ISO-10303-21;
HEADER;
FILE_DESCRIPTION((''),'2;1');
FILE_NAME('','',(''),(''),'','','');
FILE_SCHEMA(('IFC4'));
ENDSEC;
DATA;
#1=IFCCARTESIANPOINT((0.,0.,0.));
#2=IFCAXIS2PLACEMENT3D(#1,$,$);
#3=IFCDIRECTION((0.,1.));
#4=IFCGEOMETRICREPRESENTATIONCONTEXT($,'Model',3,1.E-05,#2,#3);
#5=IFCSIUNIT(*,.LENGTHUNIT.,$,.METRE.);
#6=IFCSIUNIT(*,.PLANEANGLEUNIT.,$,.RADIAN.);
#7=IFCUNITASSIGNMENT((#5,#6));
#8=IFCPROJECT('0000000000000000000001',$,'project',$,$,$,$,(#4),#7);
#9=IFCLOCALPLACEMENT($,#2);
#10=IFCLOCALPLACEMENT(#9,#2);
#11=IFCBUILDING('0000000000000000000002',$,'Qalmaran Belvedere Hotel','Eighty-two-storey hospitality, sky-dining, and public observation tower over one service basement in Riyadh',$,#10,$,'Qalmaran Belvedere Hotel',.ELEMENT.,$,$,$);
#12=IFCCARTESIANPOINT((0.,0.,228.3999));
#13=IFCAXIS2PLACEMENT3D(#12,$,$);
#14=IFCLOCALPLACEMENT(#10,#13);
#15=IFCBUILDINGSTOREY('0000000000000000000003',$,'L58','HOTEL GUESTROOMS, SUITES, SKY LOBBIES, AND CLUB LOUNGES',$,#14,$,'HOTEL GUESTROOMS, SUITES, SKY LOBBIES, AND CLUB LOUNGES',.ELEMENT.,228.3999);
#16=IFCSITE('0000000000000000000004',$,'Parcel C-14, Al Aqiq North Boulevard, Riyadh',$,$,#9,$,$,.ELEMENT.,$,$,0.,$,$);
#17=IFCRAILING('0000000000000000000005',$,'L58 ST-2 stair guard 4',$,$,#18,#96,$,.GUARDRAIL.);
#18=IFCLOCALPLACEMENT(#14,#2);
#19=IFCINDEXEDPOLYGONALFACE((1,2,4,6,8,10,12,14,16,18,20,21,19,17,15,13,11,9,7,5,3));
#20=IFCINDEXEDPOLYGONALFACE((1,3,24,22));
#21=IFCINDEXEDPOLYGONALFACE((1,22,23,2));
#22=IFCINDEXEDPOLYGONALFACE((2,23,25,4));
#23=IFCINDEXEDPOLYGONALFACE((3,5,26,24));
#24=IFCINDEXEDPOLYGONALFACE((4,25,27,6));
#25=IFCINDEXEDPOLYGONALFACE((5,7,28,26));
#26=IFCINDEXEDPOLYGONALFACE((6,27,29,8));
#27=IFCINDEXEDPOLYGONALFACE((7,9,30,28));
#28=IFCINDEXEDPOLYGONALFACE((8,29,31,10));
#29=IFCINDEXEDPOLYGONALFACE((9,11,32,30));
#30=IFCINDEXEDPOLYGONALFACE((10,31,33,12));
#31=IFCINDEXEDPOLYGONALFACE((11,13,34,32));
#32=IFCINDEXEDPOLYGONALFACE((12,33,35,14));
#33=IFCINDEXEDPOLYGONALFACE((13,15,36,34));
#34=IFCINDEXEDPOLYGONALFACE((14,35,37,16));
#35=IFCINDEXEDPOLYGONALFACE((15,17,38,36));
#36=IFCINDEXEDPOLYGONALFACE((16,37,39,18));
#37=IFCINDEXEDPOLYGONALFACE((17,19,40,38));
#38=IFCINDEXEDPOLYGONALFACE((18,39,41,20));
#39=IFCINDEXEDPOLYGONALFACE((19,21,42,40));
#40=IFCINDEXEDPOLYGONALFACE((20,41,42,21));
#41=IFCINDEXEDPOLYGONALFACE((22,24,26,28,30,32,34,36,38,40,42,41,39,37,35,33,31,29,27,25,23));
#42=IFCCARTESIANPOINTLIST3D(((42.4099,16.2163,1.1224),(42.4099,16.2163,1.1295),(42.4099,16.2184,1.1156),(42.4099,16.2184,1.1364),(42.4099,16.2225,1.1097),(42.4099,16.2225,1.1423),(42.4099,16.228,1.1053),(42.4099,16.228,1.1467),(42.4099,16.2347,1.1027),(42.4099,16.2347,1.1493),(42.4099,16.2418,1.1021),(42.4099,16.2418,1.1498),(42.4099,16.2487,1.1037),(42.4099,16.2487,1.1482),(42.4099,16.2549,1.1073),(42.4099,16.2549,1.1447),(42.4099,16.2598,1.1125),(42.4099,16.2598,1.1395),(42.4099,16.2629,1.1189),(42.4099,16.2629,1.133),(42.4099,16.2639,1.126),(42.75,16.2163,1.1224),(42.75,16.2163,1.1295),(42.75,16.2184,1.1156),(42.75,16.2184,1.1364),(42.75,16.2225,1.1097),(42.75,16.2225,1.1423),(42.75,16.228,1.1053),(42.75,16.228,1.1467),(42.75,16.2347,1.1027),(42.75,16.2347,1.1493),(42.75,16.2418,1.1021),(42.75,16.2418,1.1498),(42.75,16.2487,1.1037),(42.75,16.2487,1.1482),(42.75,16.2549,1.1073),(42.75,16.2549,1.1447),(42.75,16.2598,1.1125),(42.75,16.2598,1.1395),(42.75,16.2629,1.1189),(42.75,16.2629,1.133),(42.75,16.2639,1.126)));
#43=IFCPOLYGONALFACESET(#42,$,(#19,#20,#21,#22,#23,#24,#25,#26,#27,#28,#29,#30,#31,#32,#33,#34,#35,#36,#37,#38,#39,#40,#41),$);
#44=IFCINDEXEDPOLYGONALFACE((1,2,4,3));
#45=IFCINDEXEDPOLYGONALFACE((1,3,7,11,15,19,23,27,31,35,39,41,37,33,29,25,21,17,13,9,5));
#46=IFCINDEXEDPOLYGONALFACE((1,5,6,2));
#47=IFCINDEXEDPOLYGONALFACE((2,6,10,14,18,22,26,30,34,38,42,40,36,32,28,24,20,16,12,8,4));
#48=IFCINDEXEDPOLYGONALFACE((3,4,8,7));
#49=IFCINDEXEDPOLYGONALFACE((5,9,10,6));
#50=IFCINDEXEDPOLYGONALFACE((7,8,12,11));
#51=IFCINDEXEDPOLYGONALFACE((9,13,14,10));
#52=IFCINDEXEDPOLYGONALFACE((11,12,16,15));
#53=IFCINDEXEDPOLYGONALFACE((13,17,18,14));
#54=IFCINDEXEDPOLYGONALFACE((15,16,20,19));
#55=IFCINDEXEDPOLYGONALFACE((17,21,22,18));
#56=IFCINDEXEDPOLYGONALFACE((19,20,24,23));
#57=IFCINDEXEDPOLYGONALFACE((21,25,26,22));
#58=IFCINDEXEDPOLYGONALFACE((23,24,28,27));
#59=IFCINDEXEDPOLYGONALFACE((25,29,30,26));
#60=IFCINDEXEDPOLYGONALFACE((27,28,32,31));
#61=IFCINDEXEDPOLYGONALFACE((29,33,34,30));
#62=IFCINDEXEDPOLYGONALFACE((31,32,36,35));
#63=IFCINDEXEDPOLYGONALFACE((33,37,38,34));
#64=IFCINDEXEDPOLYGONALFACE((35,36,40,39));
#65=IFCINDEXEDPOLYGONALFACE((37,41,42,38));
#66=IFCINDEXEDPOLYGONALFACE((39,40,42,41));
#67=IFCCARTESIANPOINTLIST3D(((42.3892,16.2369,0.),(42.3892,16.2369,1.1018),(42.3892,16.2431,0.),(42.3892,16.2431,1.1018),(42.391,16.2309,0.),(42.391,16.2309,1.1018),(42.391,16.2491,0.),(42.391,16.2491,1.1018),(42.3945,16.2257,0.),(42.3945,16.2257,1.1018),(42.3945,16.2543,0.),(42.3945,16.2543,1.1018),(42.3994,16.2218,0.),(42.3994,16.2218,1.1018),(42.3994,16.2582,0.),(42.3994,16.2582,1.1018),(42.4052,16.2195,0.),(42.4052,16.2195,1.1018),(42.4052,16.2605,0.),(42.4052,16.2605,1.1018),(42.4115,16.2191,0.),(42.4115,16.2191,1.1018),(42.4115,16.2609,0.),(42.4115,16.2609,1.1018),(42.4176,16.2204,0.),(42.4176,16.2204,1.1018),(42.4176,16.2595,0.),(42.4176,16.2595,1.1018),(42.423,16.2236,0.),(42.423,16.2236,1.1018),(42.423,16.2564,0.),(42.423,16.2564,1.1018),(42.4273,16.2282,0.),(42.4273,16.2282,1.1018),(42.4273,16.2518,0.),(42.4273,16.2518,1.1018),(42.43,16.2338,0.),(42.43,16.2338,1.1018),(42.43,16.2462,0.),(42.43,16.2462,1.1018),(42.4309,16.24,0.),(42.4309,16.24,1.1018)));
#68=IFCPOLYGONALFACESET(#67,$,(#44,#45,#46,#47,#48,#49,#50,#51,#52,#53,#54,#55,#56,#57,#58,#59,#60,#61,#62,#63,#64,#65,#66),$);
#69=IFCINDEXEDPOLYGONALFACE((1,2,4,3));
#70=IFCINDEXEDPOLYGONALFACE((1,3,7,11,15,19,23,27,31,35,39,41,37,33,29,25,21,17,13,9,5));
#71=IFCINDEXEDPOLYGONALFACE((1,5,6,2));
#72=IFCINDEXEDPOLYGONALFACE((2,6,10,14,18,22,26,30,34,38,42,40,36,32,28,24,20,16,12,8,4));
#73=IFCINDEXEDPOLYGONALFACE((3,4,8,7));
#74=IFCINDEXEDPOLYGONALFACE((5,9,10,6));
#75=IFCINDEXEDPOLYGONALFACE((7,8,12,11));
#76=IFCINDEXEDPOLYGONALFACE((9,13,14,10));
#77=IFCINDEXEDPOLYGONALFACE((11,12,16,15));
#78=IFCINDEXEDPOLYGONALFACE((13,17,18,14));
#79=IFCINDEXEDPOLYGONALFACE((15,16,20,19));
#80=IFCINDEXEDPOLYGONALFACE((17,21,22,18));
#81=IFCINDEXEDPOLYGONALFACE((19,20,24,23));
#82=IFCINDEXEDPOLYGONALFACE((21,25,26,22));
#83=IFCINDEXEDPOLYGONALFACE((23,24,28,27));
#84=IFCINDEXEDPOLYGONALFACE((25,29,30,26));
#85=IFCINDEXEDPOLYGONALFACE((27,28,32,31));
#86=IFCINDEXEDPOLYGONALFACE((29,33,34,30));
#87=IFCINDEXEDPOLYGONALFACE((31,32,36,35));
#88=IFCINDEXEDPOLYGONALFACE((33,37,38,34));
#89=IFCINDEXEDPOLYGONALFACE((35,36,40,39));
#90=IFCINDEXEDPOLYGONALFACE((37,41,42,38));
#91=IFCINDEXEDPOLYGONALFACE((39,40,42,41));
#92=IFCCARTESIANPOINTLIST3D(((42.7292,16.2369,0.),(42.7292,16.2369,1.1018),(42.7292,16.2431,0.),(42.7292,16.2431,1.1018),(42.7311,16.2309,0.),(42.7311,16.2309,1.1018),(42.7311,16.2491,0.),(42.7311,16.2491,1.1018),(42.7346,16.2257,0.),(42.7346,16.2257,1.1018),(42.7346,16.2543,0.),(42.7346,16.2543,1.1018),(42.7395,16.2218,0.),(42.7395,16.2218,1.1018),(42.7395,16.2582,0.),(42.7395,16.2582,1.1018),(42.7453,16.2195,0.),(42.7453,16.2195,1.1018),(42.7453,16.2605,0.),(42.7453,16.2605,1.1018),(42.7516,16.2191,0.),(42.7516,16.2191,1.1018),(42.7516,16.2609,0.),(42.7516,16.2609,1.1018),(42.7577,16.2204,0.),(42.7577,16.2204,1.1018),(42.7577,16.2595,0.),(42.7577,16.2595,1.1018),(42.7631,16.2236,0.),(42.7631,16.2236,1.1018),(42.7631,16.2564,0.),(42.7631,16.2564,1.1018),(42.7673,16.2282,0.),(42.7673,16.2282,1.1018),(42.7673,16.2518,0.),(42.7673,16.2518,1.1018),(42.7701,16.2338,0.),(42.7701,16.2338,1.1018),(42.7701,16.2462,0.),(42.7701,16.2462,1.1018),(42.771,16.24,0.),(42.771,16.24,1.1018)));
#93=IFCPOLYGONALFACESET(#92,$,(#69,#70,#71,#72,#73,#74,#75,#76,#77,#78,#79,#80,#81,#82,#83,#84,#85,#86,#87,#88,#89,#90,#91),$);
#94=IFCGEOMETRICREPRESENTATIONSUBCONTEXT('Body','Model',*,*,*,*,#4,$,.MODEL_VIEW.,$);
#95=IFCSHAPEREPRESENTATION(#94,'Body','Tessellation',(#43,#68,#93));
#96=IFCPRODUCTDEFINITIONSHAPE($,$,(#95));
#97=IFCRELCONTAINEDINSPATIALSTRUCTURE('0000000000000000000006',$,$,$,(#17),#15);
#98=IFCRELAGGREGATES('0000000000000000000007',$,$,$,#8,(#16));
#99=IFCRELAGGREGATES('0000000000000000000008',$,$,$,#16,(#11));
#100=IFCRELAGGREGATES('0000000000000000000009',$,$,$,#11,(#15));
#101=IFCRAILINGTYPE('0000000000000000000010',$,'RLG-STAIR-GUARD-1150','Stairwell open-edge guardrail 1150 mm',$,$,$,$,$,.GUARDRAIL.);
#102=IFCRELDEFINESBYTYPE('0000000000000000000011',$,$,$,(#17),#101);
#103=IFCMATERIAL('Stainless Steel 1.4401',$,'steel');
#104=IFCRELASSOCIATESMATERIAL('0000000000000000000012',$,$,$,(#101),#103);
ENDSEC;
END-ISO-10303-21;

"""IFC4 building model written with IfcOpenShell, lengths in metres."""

from ifc_helpers import new_model, si_unit, direction, frame, origin, origin_2d, place, context, subcontext, project, spatial, circle, extrude, material, type_object, element, save


model = new_model("IFC4")

# Units and contexts
model_context = context("Model", 3, precision=1e-05, world=origin(), true_north=direction((0.0, 1.0)))
body_context = subcontext(model_context, "Body", "Model", "MODEL_VIEW")
ifc_project = project(units=[si_unit("LENGTHUNIT", "METRE"), si_unit("PLANEANGLEUNIT", "RADIAN")], contexts=[model_context])

# Site, building, storey
site_placement = place(None, origin())
site = spatial("IfcSite", under=ifc_project, at=site_placement, Name="Parcel C-14, Al Aqiq North Boulevard, Riyadh", CompositionType="ELEMENT", RefElevation=0.0)
building_placement = place(site_placement, origin())
building = spatial("IfcBuilding", under=site, at=building_placement, Name="Qalmaran Belvedere Hotel", Description="Eighty-two-storey hospitality, sky-dining, and public observation tower over one service basement in Riyadh", LongName="Qalmaran Belvedere Hotel", CompositionType="ELEMENT")
storey_placement = place(building_placement, frame((0.0, 0.0, 228.3999)))
storey = spatial("IfcBuildingStorey", under=building, at=storey_placement, Name="L58", Description="HOTEL GUESTROOMS, SUITES, SKY LOBBIES, AND CLUB LOUNGES", LongName="HOTEL GUESTROOMS, SUITES, SKY LOBBIES, AND CLUB LOUNGES", CompositionType="ELEMENT", Elevation=228.3999)

# Railing
ifc_material_1 = material(Name="Stainless Steel 1.4401", Category="steel")
railing_type_1 = type_object("IfcRailingType", Name="RLG-STAIR-GUARD-1150", Description="Stairwell open-edge guardrail 1150 mm", PredefinedType="GUARDRAIL", material=ifc_material_1)
railing_1_placement = place(storey_placement, frame((42.4099, 16.24, 0.0)))
element("IfcRailing", 1, at=railing_1_placement, inside=storey, type_object=railing_type_1, Name="L58 ST-2 stair guard 4", PredefinedType="GUARDRAIL", context=body_context, shape_type="SweptSolid", body=[
    extrude(circle(Radius=0.0239, at=origin_2d()), frame((0.0, 0.0, 1.126), z_axis=(1.0, 0.0, 0.0), x_axis=(0.0, 1.0, 0.0)), (0.0, 0.0, 1.0), 0.3401),
    extrude(circle(Radius=0.021, at=origin_2d()), origin(), (0.0, 0.0, 1.0), 1.1018),
    extrude(circle(Radius=0.021, at=origin_2d()), frame((0.3401, 0.0, 0.0)), (0.0, 0.0, 1.0), 1.1018),
])

save(model, "model.ifc")
